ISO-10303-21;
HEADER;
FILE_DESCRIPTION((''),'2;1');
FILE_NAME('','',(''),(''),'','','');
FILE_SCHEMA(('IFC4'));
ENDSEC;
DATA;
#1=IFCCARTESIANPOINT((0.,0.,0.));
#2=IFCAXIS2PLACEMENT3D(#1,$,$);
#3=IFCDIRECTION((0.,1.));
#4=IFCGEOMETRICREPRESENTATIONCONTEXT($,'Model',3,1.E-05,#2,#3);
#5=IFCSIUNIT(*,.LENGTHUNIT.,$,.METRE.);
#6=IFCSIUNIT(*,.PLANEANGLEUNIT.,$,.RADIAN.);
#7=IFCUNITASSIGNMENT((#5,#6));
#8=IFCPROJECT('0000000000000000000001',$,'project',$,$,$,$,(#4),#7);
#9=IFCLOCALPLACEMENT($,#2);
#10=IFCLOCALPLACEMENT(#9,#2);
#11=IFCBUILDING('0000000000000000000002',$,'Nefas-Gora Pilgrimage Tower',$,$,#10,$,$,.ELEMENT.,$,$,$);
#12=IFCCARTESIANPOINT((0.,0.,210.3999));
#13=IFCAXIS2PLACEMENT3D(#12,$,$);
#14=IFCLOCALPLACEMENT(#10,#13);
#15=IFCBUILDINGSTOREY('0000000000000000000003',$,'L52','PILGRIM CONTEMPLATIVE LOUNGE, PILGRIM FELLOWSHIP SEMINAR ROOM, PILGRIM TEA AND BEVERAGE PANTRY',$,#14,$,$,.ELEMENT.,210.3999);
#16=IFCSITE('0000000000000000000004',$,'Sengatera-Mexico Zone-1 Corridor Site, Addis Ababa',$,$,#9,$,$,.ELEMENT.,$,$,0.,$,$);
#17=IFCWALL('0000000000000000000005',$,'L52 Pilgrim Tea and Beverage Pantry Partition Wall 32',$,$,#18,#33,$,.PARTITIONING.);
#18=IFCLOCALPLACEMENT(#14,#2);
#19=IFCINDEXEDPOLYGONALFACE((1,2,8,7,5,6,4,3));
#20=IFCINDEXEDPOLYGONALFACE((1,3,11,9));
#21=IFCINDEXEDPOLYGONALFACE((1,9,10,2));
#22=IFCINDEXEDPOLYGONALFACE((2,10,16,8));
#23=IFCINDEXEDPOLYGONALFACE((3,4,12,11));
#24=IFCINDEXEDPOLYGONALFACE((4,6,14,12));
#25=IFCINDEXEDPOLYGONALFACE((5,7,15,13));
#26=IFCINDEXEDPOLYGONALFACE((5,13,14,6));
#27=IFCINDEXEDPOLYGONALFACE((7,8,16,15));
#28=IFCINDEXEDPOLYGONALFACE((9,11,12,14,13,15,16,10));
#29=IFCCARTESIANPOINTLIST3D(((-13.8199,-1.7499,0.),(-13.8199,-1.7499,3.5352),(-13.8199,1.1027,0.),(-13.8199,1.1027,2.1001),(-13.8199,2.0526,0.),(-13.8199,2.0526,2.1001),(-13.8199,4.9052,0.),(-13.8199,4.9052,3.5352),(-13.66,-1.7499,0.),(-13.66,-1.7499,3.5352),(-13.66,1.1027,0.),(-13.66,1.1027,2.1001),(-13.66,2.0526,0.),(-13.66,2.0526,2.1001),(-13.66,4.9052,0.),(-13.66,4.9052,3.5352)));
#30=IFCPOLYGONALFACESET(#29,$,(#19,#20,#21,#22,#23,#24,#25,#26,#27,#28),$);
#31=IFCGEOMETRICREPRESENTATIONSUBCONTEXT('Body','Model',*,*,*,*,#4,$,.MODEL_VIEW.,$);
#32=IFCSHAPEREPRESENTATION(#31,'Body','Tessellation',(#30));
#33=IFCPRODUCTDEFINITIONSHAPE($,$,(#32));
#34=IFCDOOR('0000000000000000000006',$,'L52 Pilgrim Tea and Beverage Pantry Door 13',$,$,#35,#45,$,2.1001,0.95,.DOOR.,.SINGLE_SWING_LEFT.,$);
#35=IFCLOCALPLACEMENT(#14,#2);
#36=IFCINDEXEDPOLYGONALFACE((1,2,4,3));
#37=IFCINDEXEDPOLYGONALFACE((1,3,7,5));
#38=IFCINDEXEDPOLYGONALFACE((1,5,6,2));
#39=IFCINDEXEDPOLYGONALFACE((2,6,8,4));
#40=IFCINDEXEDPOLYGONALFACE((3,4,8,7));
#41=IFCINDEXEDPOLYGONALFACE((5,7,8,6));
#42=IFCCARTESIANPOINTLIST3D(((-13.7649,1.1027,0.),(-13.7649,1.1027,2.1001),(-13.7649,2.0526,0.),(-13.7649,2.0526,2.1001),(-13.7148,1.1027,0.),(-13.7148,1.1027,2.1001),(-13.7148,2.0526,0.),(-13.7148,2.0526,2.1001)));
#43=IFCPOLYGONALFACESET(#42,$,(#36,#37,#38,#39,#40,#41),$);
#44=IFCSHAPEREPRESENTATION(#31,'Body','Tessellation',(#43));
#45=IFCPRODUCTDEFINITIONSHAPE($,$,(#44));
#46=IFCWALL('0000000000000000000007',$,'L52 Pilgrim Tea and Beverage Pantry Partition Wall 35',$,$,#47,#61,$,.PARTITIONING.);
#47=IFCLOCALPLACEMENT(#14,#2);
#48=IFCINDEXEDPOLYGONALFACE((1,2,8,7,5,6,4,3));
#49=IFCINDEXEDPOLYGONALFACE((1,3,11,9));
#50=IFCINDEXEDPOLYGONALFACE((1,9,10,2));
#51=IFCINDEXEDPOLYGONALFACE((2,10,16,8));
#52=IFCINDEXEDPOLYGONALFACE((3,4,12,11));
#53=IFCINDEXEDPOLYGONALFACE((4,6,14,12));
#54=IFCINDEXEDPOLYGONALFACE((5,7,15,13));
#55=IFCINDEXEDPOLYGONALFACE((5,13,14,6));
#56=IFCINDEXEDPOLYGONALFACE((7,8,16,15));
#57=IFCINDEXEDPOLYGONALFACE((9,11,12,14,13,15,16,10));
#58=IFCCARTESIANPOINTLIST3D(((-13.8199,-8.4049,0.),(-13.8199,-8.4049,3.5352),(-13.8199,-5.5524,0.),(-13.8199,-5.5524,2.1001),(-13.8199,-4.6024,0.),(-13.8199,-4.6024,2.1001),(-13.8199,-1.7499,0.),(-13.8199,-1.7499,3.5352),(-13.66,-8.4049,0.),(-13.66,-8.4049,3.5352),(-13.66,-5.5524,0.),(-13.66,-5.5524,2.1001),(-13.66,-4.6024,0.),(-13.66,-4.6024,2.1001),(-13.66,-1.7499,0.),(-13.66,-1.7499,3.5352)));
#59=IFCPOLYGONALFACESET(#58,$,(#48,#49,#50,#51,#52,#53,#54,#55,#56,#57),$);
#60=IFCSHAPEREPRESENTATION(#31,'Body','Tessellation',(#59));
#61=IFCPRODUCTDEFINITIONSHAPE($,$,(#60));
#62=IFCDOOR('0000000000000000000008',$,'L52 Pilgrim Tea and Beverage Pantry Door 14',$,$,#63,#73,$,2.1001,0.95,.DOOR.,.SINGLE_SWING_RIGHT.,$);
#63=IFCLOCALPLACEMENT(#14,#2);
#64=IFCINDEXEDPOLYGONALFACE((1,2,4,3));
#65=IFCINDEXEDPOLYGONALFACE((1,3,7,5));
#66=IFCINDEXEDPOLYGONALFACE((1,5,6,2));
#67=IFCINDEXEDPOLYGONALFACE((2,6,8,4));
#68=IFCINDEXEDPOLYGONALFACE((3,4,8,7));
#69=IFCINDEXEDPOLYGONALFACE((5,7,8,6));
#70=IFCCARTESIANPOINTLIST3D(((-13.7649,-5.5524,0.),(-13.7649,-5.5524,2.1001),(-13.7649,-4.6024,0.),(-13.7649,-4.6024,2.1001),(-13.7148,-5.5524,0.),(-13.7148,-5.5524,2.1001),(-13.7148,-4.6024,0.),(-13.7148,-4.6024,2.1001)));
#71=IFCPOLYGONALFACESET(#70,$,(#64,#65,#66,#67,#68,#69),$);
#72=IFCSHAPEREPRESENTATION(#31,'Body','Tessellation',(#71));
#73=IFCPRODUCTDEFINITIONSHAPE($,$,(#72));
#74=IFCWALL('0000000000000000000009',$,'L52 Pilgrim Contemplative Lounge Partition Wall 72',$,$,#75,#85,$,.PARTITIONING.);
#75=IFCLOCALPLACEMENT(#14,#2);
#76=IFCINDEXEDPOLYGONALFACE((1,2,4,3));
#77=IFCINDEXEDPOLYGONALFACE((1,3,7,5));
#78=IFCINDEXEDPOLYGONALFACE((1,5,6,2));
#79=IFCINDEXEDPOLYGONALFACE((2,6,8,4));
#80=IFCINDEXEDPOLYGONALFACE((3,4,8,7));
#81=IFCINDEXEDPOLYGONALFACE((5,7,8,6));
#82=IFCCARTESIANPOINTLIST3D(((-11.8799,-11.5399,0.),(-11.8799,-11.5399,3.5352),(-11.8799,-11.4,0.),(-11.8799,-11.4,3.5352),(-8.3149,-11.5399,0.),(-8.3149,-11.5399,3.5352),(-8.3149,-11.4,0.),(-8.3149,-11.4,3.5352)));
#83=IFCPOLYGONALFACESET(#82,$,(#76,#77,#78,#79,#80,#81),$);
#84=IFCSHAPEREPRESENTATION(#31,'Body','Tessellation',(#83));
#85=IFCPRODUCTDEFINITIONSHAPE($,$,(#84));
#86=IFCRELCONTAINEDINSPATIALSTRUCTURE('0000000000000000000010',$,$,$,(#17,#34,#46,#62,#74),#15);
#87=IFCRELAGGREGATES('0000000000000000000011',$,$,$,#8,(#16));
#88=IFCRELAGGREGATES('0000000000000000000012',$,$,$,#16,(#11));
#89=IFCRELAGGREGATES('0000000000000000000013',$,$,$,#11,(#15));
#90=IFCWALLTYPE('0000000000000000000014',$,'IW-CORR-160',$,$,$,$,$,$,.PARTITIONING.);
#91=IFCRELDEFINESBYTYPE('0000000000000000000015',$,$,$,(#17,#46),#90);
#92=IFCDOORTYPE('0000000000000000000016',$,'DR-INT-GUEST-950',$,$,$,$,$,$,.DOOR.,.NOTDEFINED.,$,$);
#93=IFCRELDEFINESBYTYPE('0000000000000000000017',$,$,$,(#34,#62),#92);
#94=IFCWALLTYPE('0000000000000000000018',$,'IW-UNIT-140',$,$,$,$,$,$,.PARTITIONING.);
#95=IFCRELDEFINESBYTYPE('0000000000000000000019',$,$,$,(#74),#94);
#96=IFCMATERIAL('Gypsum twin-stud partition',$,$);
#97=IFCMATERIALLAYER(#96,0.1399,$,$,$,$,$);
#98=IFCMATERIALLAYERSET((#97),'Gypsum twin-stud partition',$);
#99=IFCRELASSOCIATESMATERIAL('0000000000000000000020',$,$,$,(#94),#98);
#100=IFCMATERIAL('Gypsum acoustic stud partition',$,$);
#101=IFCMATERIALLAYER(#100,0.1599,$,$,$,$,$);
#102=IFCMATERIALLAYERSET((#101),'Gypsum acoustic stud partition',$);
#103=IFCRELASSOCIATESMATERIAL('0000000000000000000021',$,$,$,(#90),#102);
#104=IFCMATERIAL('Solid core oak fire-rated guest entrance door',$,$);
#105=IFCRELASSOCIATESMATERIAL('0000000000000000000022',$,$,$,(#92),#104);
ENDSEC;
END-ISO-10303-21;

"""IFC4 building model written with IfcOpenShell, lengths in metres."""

from ifc_helpers import new_model, si_unit, direction, frame, frame_2d, origin, place, context, subcontext, project, spatial, rectangle, extrude, source, transform, mapped, material, layer, layer_set, type_object, element, fill, save


model = new_model("IFC4")

# Units and contexts
model_context = context("Model", 3, precision=1e-05, world=origin(), true_north=direction((0.0, 1.0)))
body_context = subcontext(model_context, "Body", "Model", "MODEL_VIEW")
ifc_project = project(units=[si_unit("LENGTHUNIT", "METRE"), si_unit("PLANEANGLEUNIT", "RADIAN")], contexts=[model_context])

# Site, building, storey
site_placement = place(None, origin())
site = spatial("IfcSite", under=ifc_project, at=site_placement, Name="Sengatera-Mexico Zone-1 Corridor Site, Addis Ababa", CompositionType="ELEMENT", RefElevation=0.0)
building_placement = place(site_placement, origin())
building = spatial("IfcBuilding", under=site, at=building_placement, Name="Nefas-Gora Pilgrimage Tower", CompositionType="ELEMENT")
storey_placement = place(building_placement, frame((0.0, 0.0, 210.3999)))
storey = spatial("IfcBuildingStorey", under=building, at=storey_placement, Name="L52", Description="PILGRIM CONTEMPLATIVE LOUNGE, PILGRIM FELLOWSHIP SEMINAR ROOM, PILGRIM TEA AND BEVERAGE PANTRY", CompositionType="ELEMENT", Elevation=210.3999)

# Shared definitions
ifc_material_1 = material(Name="Gypsum twin-stud partition")
ifc_layer_1 = layer(ifc_material_1, 0.1399)
ifc_layer_set_1 = layer_set([ifc_layer_1], Name="Gypsum twin-stud partition")
wall_type_1 = type_object("IfcWallType", Name="IW-UNIT-140", PredefinedType="PARTITIONING", material=ifc_layer_set_1)

# Walls, openings, doors
ifc_material_2 = material(Name="Gypsum acoustic stud partition")
ifc_layer_2 = layer(ifc_material_2, 0.1599)
ifc_layer_set_2 = layer_set([ifc_layer_2], Name="Gypsum acoustic stud partition")
wall_type_2 = type_object("IfcWallType", Name="IW-CORR-160", PredefinedType="PARTITIONING", material=ifc_layer_set_2)
shared_shape_1 = source(origin(), body_context, "Body", "SweptSolid", [
    extrude(rectangle(XDim=6.655, YDim=0.1599, at=frame_2d((3.3276, 0.0))), origin(), (0.0, 0.0, 1.0), 3.5352),
])
wall_1_placement = place(storey_placement, frame((-13.74, -1.75, 0.0), z_axis=(0.0, 0.0, 1.0), x_axis=(0.0, 1.0, 0.0)))
wall_1 = element("IfcWall", 1, at=wall_1_placement, inside=storey, type_object=wall_type_2, Name="L52 Pilgrim Tea and Beverage Pantry Partition Wall 32", PredefinedType="PARTITIONING", context=body_context, shape_type="MappedRepresentation", body=[
    mapped(shared_shape_1, transform((0.0, 0.0, 0.0), x_axis=(1.0, 0.0, 0.0), y_axis=(0.0, 1.0, 0.0), z_axis=(0.0, 0.0, 1.0), scale=1.0)),
])
opening_1_placement = place(wall_1_placement, frame((2.8525, 0.0, 0.0)))
opening_1 = element("IfcOpeningElement", 2, at=opening_1_placement, cuts=wall_1, PredefinedType="OPENING", context=body_context, shape_type="SweptSolid", body=[
    extrude(rectangle(XDim=0.95, YDim=2.1001, at=frame_2d((0.4751, 1.05))), frame((0.0, 0.0898, 0.0), z_axis=(0.0, -1.0, 0.0), x_axis=(1.0, 0.0, 0.0)), (0.0, 0.0, 1.0), 0.1799),
])
ifc_material_3 = material(Name="Solid core oak fire-rated guest entrance door")
door_type_1 = type_object("IfcDoorType", Name="DR-INT-GUEST-950", OperationType="NOTDEFINED", PredefinedType="DOOR", material=ifc_material_3)
shared_shape_2 = source(origin(), body_context, "Body", "SweptSolid", [
    extrude(rectangle(XDim=0.95, YDim=2.1001, at=frame_2d((0.4751, 1.05))), frame((0.0, 0.0249, 0.0), z_axis=(0.0, -1.0, 0.0), x_axis=(1.0, 0.0, 0.0)), (0.0, 0.0, 1.0), 0.05),
])
door_1_placement = place(opening_1_placement, origin())
door_1 = element("IfcDoor", 3, at=door_1_placement, inside=storey, type_object=door_type_1, Name="L52 Pilgrim Tea and Beverage Pantry Door 13", OperationType="SINGLE_SWING_LEFT", OverallHeight=2.1001, OverallWidth=0.95, PredefinedType="DOOR", context=body_context, shape_type="MappedRepresentation", body=[
    mapped(shared_shape_2, transform((0.0, 0.0, 0.0), x_axis=(1.0, 0.0, 0.0), y_axis=(0.0, 1.0, 0.0), z_axis=(0.0, 0.0, 1.0), scale=1.0)),
])
fill(opening_1, door_1)
wall_2_placement = place(storey_placement, frame((-13.74, -8.405, 0.0), z_axis=(0.0, 0.0, 1.0), x_axis=(0.0, 1.0, 0.0)))
wall_2 = element("IfcWall", 4, at=wall_2_placement, inside=storey, type_object=wall_type_2, Name="L52 Pilgrim Tea and Beverage Pantry Partition Wall 35", PredefinedType="PARTITIONING", context=body_context, shape_type="MappedRepresentation", body=[
    mapped(shared_shape_1, transform((0.0, 0.0, 0.0), x_axis=(1.0, 0.0, 0.0), y_axis=(0.0, 1.0, 0.0), z_axis=(0.0, 0.0, 1.0), scale=1.0)),
])
opening_2_placement = place(wall_2_placement, frame((2.8525, 0.0, 0.0)))
opening_2 = element("IfcOpeningElement", 5, at=opening_2_placement, cuts=wall_2, PredefinedType="OPENING", context=body_context, shape_type="SweptSolid", body=[
    extrude(rectangle(XDim=0.95, YDim=2.1001, at=frame_2d((0.4751, 1.05))), frame((0.0, 0.0898, 0.0), z_axis=(0.0, -1.0, 0.0), x_axis=(1.0, 0.0, 0.0)), (0.0, 0.0, 1.0), 0.1799),
])
door_2_placement = place(opening_2_placement, origin())
door_2 = element("IfcDoor", 6, at=door_2_placement, inside=storey, type_object=door_type_1, Name="L52 Pilgrim Tea and Beverage Pantry Door 14", OperationType="SINGLE_SWING_RIGHT", OverallHeight=2.1001, OverallWidth=0.95, PredefinedType="DOOR", context=body_context, shape_type="MappedRepresentation", body=[
    mapped(shared_shape_2, transform((0.0, 0.0, 0.0), x_axis=(1.0, 0.0, 0.0), y_axis=(0.0, 1.0, 0.0), z_axis=(0.0, 0.0, 1.0), scale=1.0)),
])
fill(opening_2, door_2)

# Wall
shared_shape_3 = source(origin(), body_context, "Body", "SweptSolid", [
    extrude(rectangle(XDim=3.5649, YDim=0.1399, at=frame_2d((1.7825, 0.0))), origin(), (0.0, 0.0, 1.0), 3.5352),
])
wall_3_placement = place(storey_placement, frame((-11.8799, -11.47, 0.0), z_axis=(0.0, 0.0, 1.0), x_axis=(1.0, 0.0, 0.0)))
element("IfcWall", 7, at=wall_3_placement, inside=storey, type_object=wall_type_1, Name="L52 Pilgrim Contemplative Lounge Partition Wall 72", PredefinedType="PARTITIONING", context=body_context, shape_type="MappedRepresentation", body=[
    mapped(shared_shape_3, transform((0.0, 0.0, 0.0), x_axis=(1.0, 0.0, 0.0), y_axis=(0.0, 1.0, 0.0), z_axis=(0.0, 0.0, 1.0), scale=1.0)),
])

save(model, "model.ifc")
